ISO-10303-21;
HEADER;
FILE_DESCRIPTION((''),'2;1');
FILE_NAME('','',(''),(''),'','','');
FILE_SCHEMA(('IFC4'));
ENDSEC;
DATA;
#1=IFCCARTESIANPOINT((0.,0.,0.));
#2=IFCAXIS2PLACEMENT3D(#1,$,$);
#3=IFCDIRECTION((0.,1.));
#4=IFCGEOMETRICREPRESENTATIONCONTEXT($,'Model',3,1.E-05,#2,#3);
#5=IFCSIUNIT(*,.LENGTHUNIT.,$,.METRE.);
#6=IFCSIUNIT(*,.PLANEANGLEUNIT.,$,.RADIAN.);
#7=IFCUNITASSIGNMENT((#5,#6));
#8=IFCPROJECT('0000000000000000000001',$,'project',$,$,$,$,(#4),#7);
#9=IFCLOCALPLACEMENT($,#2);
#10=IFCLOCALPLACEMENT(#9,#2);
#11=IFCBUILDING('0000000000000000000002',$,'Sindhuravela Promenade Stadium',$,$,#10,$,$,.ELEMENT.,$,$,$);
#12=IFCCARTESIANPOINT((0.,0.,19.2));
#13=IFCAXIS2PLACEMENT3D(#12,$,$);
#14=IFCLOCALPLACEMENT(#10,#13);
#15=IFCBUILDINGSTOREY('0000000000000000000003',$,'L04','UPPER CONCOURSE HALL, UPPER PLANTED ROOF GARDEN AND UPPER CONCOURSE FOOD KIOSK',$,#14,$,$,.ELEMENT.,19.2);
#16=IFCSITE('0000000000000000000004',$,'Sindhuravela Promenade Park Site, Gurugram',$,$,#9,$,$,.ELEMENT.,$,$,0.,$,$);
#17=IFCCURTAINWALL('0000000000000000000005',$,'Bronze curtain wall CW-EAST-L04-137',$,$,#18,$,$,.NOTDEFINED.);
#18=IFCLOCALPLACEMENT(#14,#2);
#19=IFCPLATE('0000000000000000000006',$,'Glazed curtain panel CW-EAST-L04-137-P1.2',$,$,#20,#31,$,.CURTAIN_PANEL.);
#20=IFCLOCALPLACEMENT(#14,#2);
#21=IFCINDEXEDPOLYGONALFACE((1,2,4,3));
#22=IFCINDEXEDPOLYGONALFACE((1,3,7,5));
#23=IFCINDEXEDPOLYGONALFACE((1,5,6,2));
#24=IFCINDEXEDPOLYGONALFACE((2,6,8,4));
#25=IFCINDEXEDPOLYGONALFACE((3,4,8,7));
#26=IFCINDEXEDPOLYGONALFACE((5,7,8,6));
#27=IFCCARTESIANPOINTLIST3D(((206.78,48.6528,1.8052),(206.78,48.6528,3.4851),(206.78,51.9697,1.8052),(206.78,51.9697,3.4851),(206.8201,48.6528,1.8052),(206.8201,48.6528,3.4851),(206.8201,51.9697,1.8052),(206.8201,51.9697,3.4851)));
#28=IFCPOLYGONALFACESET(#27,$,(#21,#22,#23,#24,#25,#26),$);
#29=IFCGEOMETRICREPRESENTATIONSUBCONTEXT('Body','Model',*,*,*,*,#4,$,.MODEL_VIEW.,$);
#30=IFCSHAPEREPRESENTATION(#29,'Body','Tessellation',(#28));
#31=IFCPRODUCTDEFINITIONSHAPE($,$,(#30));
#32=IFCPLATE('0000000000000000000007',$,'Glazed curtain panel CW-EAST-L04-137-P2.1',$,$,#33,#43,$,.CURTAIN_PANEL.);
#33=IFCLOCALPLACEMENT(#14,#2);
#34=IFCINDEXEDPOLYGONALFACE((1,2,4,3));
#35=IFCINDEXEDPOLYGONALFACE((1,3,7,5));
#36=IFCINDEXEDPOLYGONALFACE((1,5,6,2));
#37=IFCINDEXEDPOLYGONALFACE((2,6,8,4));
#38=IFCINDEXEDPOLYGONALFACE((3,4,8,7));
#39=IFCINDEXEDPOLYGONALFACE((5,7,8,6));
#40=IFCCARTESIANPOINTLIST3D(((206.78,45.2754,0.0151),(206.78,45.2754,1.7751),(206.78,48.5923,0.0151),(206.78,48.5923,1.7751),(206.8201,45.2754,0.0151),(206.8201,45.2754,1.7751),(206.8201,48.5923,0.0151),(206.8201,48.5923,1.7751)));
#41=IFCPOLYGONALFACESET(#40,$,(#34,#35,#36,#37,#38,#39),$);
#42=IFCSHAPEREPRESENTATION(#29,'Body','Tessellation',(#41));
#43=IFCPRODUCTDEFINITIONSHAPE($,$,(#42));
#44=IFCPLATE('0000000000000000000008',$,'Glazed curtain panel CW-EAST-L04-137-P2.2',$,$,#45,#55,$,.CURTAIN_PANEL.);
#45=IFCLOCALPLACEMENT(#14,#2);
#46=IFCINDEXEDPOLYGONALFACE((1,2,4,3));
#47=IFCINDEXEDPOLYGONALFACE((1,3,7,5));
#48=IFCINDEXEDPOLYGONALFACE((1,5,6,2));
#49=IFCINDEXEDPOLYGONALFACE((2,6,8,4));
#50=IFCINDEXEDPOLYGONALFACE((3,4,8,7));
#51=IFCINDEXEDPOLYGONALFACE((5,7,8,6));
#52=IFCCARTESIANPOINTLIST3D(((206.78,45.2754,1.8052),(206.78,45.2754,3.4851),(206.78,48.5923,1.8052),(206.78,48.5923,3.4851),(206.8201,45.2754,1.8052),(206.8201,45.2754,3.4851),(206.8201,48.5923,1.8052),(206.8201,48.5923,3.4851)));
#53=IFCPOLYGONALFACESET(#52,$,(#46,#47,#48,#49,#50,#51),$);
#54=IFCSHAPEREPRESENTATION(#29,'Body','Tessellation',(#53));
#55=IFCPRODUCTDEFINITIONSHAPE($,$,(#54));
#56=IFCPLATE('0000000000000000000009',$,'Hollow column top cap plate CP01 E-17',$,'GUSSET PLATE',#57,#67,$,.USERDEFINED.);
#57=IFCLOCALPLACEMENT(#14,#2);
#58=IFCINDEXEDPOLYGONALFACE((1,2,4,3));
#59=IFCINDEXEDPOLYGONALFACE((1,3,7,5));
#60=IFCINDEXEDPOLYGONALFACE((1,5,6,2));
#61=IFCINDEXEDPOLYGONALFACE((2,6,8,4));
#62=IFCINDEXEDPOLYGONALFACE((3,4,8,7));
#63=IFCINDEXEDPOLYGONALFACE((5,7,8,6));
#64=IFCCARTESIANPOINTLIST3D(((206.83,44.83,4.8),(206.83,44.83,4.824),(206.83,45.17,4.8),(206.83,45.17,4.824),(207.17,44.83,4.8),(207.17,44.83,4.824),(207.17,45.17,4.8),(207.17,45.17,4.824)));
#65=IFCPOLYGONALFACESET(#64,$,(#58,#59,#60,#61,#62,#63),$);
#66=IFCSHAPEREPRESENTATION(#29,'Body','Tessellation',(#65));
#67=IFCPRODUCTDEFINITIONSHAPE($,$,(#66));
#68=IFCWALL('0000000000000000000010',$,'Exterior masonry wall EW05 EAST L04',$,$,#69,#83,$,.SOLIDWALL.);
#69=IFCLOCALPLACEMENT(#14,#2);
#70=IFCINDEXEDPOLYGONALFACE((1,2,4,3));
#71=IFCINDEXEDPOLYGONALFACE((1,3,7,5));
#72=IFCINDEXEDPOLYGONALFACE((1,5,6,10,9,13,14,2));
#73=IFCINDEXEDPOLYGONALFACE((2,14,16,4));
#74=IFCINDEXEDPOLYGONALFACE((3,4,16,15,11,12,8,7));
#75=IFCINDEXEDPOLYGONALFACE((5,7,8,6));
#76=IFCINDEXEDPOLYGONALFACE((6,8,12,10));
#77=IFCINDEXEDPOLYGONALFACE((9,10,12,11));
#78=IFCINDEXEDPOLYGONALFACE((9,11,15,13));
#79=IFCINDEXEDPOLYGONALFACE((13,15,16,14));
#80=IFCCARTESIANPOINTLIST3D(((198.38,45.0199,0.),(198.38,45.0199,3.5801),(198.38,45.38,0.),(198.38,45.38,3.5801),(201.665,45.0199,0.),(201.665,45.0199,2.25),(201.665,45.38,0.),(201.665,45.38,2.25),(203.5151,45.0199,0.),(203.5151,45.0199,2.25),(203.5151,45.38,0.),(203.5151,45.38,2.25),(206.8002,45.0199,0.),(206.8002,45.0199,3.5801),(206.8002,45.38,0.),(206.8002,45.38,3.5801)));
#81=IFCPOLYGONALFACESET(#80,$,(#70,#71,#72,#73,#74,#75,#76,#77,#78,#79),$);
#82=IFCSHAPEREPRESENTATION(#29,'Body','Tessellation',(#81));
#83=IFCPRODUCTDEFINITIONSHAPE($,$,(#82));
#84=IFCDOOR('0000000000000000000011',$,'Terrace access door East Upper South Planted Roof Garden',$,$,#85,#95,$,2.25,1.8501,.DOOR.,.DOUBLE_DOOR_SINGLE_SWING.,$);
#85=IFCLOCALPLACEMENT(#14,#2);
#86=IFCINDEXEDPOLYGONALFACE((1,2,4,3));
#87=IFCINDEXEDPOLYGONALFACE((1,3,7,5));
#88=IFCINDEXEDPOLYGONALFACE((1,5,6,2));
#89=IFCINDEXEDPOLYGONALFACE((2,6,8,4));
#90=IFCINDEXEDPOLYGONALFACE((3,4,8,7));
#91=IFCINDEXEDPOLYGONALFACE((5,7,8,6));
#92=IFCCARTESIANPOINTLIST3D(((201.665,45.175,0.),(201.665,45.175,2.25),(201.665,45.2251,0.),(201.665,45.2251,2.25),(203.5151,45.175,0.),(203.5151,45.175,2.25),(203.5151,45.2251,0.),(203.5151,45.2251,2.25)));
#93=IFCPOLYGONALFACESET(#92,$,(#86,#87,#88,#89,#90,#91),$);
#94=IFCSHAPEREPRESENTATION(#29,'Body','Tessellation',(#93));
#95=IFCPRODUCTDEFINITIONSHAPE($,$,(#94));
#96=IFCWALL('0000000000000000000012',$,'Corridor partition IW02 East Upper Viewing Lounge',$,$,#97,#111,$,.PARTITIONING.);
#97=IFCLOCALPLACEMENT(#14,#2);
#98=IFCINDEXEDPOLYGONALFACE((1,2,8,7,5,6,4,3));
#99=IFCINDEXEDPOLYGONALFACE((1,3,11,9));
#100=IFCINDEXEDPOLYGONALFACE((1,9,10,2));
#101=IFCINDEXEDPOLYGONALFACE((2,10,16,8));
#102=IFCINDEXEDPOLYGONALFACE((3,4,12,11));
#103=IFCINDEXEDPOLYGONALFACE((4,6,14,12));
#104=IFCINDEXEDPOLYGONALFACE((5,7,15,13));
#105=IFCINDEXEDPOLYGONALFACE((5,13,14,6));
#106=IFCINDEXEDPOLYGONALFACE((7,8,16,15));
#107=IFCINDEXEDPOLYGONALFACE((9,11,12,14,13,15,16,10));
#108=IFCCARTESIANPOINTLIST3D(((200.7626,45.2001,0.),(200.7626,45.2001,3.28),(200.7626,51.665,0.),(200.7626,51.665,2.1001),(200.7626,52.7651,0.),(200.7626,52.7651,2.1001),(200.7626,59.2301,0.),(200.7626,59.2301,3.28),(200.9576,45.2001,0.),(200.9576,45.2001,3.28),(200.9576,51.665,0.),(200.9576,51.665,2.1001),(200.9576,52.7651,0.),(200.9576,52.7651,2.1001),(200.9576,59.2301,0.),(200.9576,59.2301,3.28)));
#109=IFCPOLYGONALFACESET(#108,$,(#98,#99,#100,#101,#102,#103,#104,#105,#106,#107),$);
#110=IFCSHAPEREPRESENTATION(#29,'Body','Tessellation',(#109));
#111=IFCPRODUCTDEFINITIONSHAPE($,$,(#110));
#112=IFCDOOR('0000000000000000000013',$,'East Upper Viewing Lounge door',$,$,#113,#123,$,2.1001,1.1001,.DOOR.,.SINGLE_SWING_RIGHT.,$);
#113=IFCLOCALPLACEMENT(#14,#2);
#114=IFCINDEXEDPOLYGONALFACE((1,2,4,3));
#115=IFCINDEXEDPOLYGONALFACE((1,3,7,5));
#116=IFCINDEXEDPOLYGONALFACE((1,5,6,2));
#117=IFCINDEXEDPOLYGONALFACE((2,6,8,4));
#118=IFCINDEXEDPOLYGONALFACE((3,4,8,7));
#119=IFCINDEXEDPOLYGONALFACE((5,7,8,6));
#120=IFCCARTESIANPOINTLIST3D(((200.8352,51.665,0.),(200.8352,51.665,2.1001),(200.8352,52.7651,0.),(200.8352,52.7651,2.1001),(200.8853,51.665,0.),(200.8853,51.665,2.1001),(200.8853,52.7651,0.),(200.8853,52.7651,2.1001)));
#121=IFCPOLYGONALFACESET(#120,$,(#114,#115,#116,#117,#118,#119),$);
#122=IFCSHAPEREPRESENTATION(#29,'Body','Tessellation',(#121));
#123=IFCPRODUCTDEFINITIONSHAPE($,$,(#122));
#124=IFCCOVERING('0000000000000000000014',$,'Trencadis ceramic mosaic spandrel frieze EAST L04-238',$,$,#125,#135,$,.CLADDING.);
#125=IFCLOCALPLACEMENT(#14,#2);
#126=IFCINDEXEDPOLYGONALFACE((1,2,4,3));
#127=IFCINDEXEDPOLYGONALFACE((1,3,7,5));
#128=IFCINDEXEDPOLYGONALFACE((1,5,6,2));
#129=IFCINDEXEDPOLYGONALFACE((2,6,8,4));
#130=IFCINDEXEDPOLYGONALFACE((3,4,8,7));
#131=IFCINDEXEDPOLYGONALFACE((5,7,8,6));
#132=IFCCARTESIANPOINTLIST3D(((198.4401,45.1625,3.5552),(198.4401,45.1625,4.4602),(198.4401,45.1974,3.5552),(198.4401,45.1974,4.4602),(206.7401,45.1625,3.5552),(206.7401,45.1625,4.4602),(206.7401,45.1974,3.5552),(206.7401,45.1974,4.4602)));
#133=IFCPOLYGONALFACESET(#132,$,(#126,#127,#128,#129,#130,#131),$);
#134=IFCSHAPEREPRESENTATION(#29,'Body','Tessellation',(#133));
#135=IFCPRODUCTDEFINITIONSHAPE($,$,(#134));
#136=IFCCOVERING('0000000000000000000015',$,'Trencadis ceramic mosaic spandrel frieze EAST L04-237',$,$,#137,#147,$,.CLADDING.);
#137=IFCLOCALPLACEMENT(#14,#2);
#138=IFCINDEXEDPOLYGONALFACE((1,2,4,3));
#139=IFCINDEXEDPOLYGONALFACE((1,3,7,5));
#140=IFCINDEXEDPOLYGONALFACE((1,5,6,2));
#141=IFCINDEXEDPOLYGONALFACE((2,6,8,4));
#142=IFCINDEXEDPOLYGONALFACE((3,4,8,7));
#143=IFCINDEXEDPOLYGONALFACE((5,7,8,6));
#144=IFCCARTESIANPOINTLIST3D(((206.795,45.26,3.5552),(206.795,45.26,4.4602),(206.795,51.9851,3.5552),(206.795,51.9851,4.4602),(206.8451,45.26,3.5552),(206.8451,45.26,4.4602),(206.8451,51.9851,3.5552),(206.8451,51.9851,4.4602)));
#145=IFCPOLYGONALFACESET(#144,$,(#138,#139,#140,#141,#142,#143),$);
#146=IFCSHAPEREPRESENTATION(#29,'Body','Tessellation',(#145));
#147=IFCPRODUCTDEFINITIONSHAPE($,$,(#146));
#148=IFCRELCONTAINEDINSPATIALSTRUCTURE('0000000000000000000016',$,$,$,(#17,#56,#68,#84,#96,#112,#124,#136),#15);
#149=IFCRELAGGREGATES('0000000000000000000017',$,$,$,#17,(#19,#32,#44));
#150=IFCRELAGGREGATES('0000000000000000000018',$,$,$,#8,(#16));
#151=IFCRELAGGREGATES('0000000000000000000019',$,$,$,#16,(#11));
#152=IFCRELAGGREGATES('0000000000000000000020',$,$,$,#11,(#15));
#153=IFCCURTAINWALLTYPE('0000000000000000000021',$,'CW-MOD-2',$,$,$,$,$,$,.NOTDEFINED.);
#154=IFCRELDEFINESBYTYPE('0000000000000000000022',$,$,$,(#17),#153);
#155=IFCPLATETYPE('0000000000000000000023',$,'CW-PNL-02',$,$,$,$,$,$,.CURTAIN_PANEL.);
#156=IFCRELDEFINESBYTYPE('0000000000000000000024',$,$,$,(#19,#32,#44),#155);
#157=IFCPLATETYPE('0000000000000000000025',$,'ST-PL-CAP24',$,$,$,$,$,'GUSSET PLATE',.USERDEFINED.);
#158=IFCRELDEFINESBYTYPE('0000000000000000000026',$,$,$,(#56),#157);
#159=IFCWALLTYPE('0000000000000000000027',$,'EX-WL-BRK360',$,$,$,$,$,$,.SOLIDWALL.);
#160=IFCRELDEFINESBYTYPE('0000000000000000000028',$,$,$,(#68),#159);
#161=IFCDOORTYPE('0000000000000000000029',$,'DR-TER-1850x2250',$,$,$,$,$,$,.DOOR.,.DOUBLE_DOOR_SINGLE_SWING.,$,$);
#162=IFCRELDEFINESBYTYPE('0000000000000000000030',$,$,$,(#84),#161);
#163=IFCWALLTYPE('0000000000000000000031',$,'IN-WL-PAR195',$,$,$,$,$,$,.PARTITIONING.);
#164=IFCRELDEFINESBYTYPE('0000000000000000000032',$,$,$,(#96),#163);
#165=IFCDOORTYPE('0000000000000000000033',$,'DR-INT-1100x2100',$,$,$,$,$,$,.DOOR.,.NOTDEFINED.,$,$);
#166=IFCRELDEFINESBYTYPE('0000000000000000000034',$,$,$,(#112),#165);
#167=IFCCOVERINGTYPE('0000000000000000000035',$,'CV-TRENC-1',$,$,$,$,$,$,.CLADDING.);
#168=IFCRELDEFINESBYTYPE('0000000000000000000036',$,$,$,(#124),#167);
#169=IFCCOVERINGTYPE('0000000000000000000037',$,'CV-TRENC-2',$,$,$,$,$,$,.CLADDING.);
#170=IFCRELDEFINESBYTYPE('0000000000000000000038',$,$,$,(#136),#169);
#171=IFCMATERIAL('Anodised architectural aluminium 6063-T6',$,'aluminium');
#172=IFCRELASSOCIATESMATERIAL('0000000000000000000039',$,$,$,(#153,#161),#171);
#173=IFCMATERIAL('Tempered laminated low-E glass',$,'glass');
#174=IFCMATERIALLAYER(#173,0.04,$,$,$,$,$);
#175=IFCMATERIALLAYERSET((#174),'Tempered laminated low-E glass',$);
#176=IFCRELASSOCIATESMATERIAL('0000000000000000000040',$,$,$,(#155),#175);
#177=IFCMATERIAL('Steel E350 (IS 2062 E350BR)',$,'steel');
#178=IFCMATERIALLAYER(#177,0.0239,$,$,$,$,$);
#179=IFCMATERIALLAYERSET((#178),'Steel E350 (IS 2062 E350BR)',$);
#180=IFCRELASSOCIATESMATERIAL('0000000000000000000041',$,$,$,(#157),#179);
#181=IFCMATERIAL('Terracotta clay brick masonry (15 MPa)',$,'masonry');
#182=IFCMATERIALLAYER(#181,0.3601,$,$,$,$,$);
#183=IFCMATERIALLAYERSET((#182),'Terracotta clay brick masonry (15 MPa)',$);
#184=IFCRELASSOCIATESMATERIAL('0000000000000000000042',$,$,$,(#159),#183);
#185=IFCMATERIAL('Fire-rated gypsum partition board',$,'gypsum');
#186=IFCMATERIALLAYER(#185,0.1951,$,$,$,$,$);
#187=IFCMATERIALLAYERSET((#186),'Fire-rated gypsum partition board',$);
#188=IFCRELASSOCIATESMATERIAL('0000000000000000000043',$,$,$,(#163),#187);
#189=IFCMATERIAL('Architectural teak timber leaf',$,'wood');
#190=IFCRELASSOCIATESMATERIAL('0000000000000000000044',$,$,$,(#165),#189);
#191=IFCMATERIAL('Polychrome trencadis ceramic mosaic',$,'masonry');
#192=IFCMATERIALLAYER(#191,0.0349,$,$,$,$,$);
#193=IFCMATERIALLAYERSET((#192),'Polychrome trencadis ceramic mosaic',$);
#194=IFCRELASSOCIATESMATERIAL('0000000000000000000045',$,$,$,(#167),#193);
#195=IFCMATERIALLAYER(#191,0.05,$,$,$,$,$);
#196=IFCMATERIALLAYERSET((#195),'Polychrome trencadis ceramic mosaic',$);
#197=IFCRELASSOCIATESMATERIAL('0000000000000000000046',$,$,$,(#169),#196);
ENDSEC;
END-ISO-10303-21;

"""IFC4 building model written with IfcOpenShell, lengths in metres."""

from ifc_helpers import new_model, si_unit, direction, frame, frame_2d, origin, origin_2d, place, context, subcontext, project, spatial, rectangle, extrude, material, layer, layer_set, type_object, element, fill, aggregate, save


model = new_model("IFC4")

# Units and contexts
model_context = context("Model", 3, precision=1e-05, world=origin(), true_north=direction((0.0, 1.0)))
body_context = subcontext(model_context, "Body", "Model", "MODEL_VIEW")
ifc_project = project(units=[si_unit("LENGTHUNIT", "METRE"), si_unit("PLANEANGLEUNIT", "RADIAN")], contexts=[model_context])

# Site, building, storey
site_placement = place(None, origin())
site = spatial("IfcSite", under=ifc_project, at=site_placement, Name="Sindhuravela Promenade Park Site, Gurugram", CompositionType="ELEMENT", RefElevation=0.0)
building_placement = place(site_placement, origin())
building = spatial("IfcBuilding", under=site, at=building_placement, Name="Sindhuravela Promenade Stadium", CompositionType="ELEMENT")
storey_placement = place(building_placement, frame((0.0, 0.0, 19.2)))
storey = spatial("IfcBuildingStorey", under=building, at=storey_placement, Name="L04", Description="UPPER CONCOURSE HALL, UPPER PLANTED ROOF GARDEN AND UPPER CONCOURSE FOOD KIOSK", CompositionType="ELEMENT", Elevation=19.2)

# Shared definitions
ifc_material_1 = material(Name="Steel E350 (IS 2062 E350BR)", Category="steel")

# Curtain wall
ifc_material_2 = material(Name="Anodised architectural aluminium 6063-T6", Category="aluminium")
curtain_wall_type = type_object("IfcCurtainWallType", Name="CW-MOD-2", PredefinedType="NOTDEFINED", material=ifc_material_2)
curtain_wall_placement = place(storey_placement, origin())
curtain_wall = element("IfcCurtainWall", 1, at=curtain_wall_placement, inside=storey, type_object=curtain_wall_type, Name="Bronze curtain wall CW-EAST-L04-137", PredefinedType="NOTDEFINED")

# Plates
ifc_material_3 = material(Name="Tempered laminated low-E glass", Category="glass")
ifc_layer_1 = layer(ifc_material_3, 0.04)
ifc_layer_set_1 = layer_set([ifc_layer_1], Name="Tempered laminated low-E glass")
plate_type_1 = type_object("IfcPlateType", Name="CW-PNL-02", PredefinedType="CURTAIN_PANEL", material=ifc_layer_set_1)
plate_1_placement = place(storey_placement, frame((206.8, 50.3113, 1.8052), z_axis=(0.0, 0.0, 1.0), x_axis=(0.0, -1.0, 0.0)))
plate_1 = element("IfcPlate", 2, at=plate_1_placement, type_object=plate_type_1, Name="Glazed curtain panel CW-EAST-L04-137-P1.2", PredefinedType="CURTAIN_PANEL", context=body_context, shape_type="SweptSolid", body=[
    extrude(rectangle(XDim=3.3169, YDim=0.04, at=origin_2d()), origin(), (0.0, 0.0, 1.0), 1.6799),
])
plate_2_placement = place(storey_placement, frame((206.8, 46.9338, 0.0151), z_axis=(0.0, 0.0, 1.0), x_axis=(0.0, -1.0, 0.0)))
plate_2 = element("IfcPlate", 3, at=plate_2_placement, type_object=plate_type_1, Name="Glazed curtain panel CW-EAST-L04-137-P2.1", PredefinedType="CURTAIN_PANEL", context=body_context, shape_type="SweptSolid", body=[
    extrude(rectangle(XDim=3.3169, YDim=0.04, at=origin_2d()), origin(), (0.0, 0.0, 1.0), 1.76),
])
plate_3_placement = place(storey_placement, frame((206.8, 46.9338, 1.8052), z_axis=(0.0, 0.0, 1.0), x_axis=(0.0, -1.0, 0.0)))
plate_3 = element("IfcPlate", 4, at=plate_3_placement, type_object=plate_type_1, Name="Glazed curtain panel CW-EAST-L04-137-P2.2", PredefinedType="CURTAIN_PANEL", context=body_context, shape_type="SweptSolid", body=[
    extrude(rectangle(XDim=3.3169, YDim=0.04, at=origin_2d()), origin(), (0.0, 0.0, 1.0), 1.6799),
])
aggregate(curtain_wall, [plate_1, plate_2, plate_3])
ifc_layer_2 = layer(ifc_material_1, 0.0239)
ifc_layer_set_2 = layer_set([ifc_layer_2], Name="Steel E350 (IS 2062 E350BR)")
plate_type_2 = type_object("IfcPlateType", Name="ST-PL-CAP24", ElementType="GUSSET PLATE", PredefinedType="USERDEFINED", material=ifc_layer_set_2)
plate_4_placement = place(storey_placement, frame((207.0, 45.0, 4.8), z_axis=(0.0, 0.0, 1.0), x_axis=(1.0, 0.0, 0.0)))
element("IfcPlate", 5, at=plate_4_placement, inside=storey, type_object=plate_type_2, Name="Hollow column top cap plate CP01 E-17", ObjectType="GUSSET PLATE", PredefinedType="USERDEFINED", context=body_context, shape_type="SweptSolid", body=[
    extrude(rectangle(XDim=0.3401, YDim=0.3401, at=origin_2d()), origin(), (0.0, 0.0, 1.0), 0.0239),
])

# Walls, openings, doors
ifc_material_4 = material(Name="Terracotta clay brick masonry (15 MPa)", Category="masonry")
ifc_layer_3 = layer(ifc_material_4, 0.3601)
ifc_layer_set_3 = layer_set([ifc_layer_3], Name="Terracotta clay brick masonry (15 MPa)")
wall_type_1 = type_object("IfcWallType", Name="EX-WL-BRK360", PredefinedType="SOLIDWALL", material=ifc_layer_set_3)
wall_1_placement = place(storey_placement, frame((206.8, 45.2, 0.0), z_axis=(0.0, 0.0, 1.0), x_axis=(-1.0, 0.0, 0.0)))
wall_1 = element("IfcWall", 6, at=wall_1_placement, inside=storey, type_object=wall_type_1, Name="Exterior masonry wall EW05 EAST L04", PredefinedType="SOLIDWALL", context=body_context, shape_type="SweptSolid", body=[
    extrude(rectangle(XDim=8.4202, YDim=0.3601, at=frame_2d((4.21, 0.0))), origin(), (0.0, 0.0, 1.0), 3.5801),
])
opening_1_placement = place(wall_1_placement, frame((3.2849, 0.0, 0.0)))
opening_1 = element("IfcOpeningElement", 7, at=opening_1_placement, cuts=wall_1, PredefinedType="OPENING", context=body_context, shape_type="SweptSolid", body=[
    extrude(rectangle(XDim=1.8501, YDim=2.25, at=frame_2d((0.925, 1.125))), frame((0.0, 0.1899, 0.0), z_axis=(0.0, -1.0, 0.0), x_axis=(1.0, 0.0, 0.0)), (0.0, 0.0, 1.0), 0.3801),
])
door_type_1 = type_object("IfcDoorType", Name="DR-TER-1850x2250", OperationType="DOUBLE_DOOR_SINGLE_SWING", PredefinedType="DOOR", material=ifc_material_2)
door_1_placement = place(opening_1_placement, origin())
door_1 = element("IfcDoor", 8, at=door_1_placement, inside=storey, type_object=door_type_1, Name="Terrace access door East Upper South Planted Roof Garden", OperationType="DOUBLE_DOOR_SINGLE_SWING", OverallHeight=2.25, OverallWidth=1.8501, PredefinedType="DOOR", context=body_context, shape_type="SweptSolid", body=[
    extrude(rectangle(XDim=1.8501, YDim=2.25, at=frame_2d((0.925, 1.125))), frame((0.0, 0.0249, 0.0), z_axis=(0.0, -1.0, 0.0), x_axis=(1.0, 0.0, 0.0)), (0.0, 0.0, 1.0), 0.05),
])
fill(opening_1, door_1)
ifc_material_5 = material(Name="Fire-rated gypsum partition board", Category="gypsum")
ifc_layer_4 = layer(ifc_material_5, 0.1951)
ifc_layer_set_4 = layer_set([ifc_layer_4], Name="Fire-rated gypsum partition board")
wall_type_2 = type_object("IfcWallType", Name="IN-WL-PAR195", PredefinedType="PARTITIONING", material=ifc_layer_set_4)
wall_2_placement = place(storey_placement, frame((200.8601, 45.2, 0.0), z_axis=(0.0, 0.0, 1.0), x_axis=(0.0, 1.0, 0.0)))
wall_2 = element("IfcWall", 9, at=wall_2_placement, inside=storey, type_object=wall_type_2, Name="Corridor partition IW02 East Upper Viewing Lounge", PredefinedType="PARTITIONING", context=body_context, shape_type="SweptSolid", body=[
    extrude(rectangle(XDim=14.03, YDim=0.1951, at=frame_2d((7.0151, 0.0))), origin(), (0.0, 0.0, 1.0), 3.28),
])
opening_2_placement = place(wall_2_placement, frame((6.4651, 0.0, 0.0)))
opening_2 = element("IfcOpeningElement", 10, at=opening_2_placement, cuts=wall_2, PredefinedType="OPENING", context=body_context, shape_type="SweptSolid", body=[
    extrude(rectangle(XDim=1.1001, YDim=2.1001, at=frame_2d((0.55, 1.05))), frame((0.0, 0.1074, 0.0), z_axis=(0.0, -1.0, 0.0), x_axis=(1.0, 0.0, 0.0)), (0.0, 0.0, 1.0), 0.2151),
])
ifc_material_6 = material(Name="Architectural teak timber leaf", Category="wood")
door_type_2 = type_object("IfcDoorType", Name="DR-INT-1100x2100", OperationType="NOTDEFINED", PredefinedType="DOOR", material=ifc_material_6)
door_2_placement = place(opening_2_placement, origin())
door_2 = element("IfcDoor", 11, at=door_2_placement, inside=storey, type_object=door_type_2, Name="East Upper Viewing Lounge door", OperationType="SINGLE_SWING_RIGHT", OverallHeight=2.1001, OverallWidth=1.1001, PredefinedType="DOOR", context=body_context, shape_type="SweptSolid", body=[
    extrude(rectangle(XDim=1.1001, YDim=2.1001, at=frame_2d((0.55, 1.05))), frame((0.0, 0.0249, 0.0), z_axis=(0.0, -1.0, 0.0), x_axis=(1.0, 0.0, 0.0)), (0.0, 0.0, 1.0), 0.05),
])
fill(opening_2, door_2)

# Coverings
ifc_material_7 = material(Name="Polychrome trencadis ceramic mosaic", Category="masonry")
ifc_layer_5 = layer(ifc_material_7, 0.0349)
ifc_layer_set_5 = layer_set([ifc_layer_5], Name="Polychrome trencadis ceramic mosaic")
covering_type_1 = type_object("IfcCoveringType", Name="CV-TRENC-1", PredefinedType="CLADDING", material=ifc_layer_set_5)
covering_1_placement = place(storey_placement, frame((202.5901, 45.1799, 3.5552), z_axis=(0.0, 0.0, 1.0), x_axis=(-1.0, 0.0, 0.0)))
element("IfcCovering", 12, at=covering_1_placement, inside=storey, type_object=covering_type_1, Name="Trencadis ceramic mosaic spandrel frieze EAST L04-238", PredefinedType="CLADDING", context=body_context, shape_type="SweptSolid", body=[
    extrude(rectangle(XDim=8.3, YDim=0.0349, at=origin_2d()), origin(), (0.0, 0.0, 1.0), 0.905),
])
ifc_layer_6 = layer(ifc_material_7, 0.05)
ifc_layer_set_6 = layer_set([ifc_layer_6], Name="Polychrome trencadis ceramic mosaic")
covering_type_2 = type_object("IfcCoveringType", Name="CV-TRENC-2", PredefinedType="CLADDING", material=ifc_layer_set_6)
covering_2_placement = place(storey_placement, frame((206.8201, 48.6226, 3.5552), z_axis=(0.0, 0.0, 1.0), x_axis=(0.0, -1.0, 0.0)))
element("IfcCovering", 13, at=covering_2_placement, inside=storey, type_object=covering_type_2, Name="Trencadis ceramic mosaic spandrel frieze EAST L04-237", PredefinedType="CLADDING", context=body_context, shape_type="SweptSolid", body=[
    extrude(rectangle(XDim=6.7251, YDim=0.05, at=origin_2d()), origin(), (0.0, 0.0, 1.0), 0.905),
])

save(model, "model.ifc")
